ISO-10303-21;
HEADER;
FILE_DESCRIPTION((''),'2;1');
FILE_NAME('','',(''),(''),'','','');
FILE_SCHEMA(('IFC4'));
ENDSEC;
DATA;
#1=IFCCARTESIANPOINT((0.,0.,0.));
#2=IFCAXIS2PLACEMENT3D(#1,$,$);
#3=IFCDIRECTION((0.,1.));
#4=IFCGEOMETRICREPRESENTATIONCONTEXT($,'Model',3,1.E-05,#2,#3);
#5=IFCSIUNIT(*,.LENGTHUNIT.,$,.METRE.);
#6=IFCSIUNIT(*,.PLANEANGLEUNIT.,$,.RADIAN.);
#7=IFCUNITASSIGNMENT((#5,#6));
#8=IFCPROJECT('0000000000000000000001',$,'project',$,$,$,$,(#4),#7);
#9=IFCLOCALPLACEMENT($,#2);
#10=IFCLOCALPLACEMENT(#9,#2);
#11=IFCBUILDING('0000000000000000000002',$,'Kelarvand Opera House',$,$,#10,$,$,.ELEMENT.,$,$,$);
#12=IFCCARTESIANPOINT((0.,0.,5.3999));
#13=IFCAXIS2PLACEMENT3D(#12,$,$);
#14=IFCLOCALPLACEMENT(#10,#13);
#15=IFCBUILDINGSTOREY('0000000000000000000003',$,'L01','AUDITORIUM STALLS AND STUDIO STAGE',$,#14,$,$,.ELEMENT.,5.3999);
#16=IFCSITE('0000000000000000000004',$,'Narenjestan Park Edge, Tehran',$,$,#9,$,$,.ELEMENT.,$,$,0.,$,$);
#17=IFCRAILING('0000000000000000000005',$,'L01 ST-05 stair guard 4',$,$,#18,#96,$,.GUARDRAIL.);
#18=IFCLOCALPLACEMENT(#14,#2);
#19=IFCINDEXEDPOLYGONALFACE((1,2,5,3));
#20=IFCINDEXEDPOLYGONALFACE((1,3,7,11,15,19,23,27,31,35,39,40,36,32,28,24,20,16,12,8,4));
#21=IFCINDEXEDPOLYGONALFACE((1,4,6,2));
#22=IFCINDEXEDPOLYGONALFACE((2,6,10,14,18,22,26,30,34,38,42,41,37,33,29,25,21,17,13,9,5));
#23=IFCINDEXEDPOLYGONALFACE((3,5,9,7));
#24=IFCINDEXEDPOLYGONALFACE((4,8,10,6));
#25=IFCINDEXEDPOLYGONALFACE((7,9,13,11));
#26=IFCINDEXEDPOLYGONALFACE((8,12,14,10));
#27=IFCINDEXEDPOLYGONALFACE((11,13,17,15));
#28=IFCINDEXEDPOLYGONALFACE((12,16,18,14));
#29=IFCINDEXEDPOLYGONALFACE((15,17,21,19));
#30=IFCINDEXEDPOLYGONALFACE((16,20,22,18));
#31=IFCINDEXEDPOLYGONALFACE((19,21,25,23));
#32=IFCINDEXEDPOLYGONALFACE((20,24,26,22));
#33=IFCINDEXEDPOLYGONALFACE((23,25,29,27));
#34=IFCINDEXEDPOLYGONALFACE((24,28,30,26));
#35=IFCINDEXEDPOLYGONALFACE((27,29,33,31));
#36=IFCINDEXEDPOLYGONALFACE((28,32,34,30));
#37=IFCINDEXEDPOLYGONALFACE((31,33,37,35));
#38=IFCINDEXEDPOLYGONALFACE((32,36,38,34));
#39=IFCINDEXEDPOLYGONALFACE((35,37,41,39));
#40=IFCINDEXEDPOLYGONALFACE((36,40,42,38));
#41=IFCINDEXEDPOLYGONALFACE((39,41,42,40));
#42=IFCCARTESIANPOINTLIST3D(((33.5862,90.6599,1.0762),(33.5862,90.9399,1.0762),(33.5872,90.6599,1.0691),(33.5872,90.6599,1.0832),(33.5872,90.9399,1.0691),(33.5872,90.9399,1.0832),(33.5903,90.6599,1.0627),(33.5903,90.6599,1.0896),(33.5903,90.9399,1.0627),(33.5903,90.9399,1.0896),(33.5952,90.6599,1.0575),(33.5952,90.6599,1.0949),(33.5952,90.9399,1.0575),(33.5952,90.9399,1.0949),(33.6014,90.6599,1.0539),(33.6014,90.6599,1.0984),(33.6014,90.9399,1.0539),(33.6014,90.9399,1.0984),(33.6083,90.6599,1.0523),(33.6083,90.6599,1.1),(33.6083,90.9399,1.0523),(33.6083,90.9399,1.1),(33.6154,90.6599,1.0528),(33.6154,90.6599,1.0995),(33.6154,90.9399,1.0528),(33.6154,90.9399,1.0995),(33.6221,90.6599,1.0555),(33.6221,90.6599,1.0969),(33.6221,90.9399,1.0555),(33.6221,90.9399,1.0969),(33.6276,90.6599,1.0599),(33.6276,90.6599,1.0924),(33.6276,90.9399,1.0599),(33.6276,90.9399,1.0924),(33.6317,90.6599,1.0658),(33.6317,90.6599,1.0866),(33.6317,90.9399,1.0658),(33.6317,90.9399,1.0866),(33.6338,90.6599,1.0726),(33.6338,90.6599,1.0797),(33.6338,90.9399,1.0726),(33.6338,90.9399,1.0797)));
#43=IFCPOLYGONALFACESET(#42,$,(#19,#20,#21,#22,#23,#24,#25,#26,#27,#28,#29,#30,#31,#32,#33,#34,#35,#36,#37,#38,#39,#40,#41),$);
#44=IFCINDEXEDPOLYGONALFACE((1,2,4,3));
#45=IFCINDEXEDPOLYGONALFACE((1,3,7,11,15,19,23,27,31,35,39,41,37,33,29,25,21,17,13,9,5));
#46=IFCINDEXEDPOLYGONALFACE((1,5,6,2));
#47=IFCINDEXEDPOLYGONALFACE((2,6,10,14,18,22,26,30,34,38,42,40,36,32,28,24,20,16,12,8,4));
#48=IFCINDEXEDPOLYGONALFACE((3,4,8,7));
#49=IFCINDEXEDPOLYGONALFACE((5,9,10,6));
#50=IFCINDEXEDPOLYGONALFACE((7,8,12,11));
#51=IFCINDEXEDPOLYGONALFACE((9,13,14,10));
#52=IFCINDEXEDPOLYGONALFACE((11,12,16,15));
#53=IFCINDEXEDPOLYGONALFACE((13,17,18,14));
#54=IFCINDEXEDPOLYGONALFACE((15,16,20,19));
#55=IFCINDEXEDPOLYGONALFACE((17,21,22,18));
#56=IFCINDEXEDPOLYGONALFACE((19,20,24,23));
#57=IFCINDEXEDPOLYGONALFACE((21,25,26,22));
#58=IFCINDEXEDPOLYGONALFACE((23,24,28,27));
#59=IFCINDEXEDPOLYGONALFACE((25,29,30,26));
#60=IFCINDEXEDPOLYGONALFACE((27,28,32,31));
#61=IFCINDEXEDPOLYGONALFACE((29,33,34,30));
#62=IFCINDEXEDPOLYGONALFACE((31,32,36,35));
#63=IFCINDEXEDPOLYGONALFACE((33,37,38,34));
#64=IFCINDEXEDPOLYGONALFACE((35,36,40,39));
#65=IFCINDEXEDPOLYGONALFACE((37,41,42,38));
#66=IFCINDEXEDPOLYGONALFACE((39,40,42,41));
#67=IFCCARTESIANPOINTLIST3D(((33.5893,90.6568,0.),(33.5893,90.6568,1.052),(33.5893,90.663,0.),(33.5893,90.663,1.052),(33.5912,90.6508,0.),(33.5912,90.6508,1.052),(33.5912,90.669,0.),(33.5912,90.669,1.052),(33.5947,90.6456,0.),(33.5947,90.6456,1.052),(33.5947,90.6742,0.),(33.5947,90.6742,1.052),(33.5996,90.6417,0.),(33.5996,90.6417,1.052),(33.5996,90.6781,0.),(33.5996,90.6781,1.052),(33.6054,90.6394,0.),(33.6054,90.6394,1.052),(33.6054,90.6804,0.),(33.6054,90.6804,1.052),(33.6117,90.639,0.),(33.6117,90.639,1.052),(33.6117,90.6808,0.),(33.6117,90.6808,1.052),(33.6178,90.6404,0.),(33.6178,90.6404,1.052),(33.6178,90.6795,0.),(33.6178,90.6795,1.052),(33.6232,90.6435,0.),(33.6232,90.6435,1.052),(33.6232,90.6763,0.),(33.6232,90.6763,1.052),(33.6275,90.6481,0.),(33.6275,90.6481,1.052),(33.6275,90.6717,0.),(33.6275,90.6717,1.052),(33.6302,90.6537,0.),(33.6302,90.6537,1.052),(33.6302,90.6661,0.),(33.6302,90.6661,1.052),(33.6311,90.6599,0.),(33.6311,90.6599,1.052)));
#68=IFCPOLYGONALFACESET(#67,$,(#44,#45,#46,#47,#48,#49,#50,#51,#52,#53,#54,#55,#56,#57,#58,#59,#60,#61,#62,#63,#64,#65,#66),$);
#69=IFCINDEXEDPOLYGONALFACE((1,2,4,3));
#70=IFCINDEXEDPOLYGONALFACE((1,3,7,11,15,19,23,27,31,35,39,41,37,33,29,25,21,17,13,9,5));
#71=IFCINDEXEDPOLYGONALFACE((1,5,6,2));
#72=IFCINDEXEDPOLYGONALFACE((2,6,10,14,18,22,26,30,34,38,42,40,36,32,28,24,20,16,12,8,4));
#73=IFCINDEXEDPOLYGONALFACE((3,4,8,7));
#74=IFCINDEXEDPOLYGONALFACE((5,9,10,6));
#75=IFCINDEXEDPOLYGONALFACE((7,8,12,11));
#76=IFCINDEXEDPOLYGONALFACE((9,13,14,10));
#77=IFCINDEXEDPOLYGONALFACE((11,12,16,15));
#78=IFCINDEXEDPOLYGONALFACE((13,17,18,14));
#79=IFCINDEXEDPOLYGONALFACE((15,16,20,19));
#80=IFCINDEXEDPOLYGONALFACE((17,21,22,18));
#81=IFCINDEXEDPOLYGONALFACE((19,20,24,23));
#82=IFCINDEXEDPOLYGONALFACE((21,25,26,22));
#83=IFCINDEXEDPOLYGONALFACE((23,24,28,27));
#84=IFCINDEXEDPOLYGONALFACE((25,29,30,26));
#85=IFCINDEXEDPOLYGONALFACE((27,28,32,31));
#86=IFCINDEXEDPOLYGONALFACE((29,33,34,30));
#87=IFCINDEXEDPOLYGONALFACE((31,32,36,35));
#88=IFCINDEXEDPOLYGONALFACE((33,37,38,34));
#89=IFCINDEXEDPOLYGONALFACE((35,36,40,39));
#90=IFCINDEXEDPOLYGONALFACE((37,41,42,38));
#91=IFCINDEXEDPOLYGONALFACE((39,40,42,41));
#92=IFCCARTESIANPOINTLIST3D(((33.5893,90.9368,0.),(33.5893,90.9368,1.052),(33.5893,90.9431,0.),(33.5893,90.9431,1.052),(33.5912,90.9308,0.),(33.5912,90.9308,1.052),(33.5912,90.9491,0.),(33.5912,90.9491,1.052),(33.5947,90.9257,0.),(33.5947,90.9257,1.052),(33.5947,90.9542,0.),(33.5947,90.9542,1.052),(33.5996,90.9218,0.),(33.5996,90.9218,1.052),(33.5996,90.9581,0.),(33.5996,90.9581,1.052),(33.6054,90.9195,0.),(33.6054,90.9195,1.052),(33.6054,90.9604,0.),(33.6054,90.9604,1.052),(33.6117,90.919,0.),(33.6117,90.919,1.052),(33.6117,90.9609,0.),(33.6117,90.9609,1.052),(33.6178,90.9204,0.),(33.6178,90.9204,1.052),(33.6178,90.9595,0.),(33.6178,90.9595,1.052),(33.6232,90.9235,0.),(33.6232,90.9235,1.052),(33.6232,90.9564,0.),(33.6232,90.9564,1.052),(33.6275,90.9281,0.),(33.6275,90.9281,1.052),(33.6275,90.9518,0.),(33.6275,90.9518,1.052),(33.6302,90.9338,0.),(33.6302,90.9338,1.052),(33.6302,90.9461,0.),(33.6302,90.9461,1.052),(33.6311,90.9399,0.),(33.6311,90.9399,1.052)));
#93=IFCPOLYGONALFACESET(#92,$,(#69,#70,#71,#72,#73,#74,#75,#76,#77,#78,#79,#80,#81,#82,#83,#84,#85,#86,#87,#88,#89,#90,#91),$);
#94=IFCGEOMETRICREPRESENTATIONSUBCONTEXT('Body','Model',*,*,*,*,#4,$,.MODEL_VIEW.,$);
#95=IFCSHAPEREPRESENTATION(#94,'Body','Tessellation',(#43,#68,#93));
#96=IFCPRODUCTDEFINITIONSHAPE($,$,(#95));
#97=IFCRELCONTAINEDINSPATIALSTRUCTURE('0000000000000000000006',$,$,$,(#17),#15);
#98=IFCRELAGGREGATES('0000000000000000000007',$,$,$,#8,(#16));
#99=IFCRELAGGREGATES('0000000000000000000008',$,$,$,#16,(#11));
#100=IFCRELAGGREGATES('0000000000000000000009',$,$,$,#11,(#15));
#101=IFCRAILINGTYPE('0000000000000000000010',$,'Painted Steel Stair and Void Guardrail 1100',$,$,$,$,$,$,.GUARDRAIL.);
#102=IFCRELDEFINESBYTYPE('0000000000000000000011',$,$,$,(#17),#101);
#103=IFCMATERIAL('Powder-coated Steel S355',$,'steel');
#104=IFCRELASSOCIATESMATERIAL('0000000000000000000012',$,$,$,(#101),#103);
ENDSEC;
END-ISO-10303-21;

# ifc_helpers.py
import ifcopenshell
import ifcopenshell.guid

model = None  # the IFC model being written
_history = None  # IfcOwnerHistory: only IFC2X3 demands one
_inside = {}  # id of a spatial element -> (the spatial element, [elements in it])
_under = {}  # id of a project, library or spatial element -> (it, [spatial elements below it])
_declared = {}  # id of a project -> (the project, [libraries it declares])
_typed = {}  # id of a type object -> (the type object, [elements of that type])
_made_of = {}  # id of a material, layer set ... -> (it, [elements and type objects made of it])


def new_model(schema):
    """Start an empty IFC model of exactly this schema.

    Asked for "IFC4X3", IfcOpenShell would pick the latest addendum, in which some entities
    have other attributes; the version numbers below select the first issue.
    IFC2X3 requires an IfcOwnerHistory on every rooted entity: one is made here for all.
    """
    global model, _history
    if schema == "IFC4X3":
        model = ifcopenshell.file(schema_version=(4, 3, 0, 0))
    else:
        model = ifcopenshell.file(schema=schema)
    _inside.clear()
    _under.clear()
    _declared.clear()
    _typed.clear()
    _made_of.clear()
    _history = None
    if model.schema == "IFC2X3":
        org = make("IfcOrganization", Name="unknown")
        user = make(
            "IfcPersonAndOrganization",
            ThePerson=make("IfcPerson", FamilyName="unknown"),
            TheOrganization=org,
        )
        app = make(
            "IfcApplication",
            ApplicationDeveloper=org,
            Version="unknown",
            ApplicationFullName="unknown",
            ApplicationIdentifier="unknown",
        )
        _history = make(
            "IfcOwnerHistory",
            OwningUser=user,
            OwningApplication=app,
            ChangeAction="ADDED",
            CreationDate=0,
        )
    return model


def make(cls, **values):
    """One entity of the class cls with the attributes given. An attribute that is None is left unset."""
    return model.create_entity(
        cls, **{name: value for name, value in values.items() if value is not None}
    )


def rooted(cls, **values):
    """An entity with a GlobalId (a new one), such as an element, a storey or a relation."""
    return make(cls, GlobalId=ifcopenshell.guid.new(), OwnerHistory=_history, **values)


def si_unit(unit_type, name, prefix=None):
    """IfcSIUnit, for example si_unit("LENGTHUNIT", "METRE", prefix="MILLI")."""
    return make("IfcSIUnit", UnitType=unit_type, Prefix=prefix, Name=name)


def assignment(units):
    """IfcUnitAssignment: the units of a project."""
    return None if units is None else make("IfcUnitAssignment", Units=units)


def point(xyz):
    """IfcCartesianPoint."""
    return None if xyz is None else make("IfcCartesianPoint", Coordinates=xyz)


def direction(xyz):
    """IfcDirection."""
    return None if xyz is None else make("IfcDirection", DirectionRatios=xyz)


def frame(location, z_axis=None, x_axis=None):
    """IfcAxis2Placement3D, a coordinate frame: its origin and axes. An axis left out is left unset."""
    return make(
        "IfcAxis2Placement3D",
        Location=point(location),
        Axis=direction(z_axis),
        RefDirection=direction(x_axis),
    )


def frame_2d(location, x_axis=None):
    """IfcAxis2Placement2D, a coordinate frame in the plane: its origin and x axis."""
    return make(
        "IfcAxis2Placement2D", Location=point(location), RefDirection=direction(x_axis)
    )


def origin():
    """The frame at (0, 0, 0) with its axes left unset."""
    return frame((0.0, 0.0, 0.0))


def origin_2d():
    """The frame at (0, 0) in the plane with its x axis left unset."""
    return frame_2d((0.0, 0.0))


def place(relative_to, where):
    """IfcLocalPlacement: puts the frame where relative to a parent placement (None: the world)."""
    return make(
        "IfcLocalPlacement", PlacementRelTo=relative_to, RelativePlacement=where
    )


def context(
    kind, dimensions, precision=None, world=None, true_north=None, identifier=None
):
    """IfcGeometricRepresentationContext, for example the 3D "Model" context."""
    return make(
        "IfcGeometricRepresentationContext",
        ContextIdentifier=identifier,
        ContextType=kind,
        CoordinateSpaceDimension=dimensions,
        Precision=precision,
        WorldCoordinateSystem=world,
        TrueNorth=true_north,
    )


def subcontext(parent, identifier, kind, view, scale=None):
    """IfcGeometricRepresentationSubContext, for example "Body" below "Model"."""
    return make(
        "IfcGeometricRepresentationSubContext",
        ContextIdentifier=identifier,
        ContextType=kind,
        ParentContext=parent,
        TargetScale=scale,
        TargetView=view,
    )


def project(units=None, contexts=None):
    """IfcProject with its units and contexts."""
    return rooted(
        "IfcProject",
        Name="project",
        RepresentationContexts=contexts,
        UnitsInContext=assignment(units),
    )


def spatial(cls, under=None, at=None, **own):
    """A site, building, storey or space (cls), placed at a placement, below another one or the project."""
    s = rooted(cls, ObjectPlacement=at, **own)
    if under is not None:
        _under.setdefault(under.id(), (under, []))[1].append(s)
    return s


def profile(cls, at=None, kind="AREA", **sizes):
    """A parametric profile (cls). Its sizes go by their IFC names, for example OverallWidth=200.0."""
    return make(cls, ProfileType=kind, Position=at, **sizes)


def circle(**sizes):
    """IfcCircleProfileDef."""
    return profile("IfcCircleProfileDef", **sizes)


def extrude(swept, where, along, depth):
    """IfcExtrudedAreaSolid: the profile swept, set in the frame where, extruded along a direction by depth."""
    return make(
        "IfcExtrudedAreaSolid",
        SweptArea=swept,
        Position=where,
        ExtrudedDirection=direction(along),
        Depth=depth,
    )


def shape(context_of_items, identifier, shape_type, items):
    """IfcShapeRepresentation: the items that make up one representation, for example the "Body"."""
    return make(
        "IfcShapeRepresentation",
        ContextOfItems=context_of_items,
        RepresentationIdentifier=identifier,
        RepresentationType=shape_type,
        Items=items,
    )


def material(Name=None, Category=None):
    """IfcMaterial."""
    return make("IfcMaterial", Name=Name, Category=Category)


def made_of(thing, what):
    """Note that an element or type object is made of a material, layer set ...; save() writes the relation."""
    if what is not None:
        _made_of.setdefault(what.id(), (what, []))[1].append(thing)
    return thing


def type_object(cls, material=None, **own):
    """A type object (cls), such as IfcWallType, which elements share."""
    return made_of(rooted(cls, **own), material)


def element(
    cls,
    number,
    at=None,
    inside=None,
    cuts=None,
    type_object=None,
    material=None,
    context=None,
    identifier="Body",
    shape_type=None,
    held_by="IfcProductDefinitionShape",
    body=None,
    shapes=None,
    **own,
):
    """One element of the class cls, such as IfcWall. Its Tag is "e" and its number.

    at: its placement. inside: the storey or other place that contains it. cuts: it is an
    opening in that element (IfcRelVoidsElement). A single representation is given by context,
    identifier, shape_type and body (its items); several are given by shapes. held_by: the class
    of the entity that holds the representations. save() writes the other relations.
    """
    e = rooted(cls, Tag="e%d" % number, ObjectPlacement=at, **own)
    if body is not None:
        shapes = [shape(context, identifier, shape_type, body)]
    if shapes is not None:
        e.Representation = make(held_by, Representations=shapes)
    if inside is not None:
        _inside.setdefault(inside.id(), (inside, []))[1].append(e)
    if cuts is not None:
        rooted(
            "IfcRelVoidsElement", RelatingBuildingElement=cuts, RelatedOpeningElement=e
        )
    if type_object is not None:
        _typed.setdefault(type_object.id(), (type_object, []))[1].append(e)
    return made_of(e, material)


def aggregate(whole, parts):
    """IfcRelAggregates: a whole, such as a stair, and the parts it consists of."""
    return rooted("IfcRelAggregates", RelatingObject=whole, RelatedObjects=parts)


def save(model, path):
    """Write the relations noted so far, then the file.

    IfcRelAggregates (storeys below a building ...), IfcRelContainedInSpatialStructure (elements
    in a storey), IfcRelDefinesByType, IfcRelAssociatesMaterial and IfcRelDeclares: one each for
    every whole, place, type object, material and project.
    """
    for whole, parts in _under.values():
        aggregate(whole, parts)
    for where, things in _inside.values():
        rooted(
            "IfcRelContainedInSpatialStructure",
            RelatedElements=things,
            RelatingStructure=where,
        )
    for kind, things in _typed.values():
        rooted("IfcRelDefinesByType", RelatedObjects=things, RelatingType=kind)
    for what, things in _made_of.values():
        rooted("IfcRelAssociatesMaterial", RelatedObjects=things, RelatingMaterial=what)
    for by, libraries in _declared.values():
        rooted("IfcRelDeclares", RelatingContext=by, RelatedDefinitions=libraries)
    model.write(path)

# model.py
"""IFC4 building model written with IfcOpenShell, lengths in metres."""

from ifc_helpers import new_model, si_unit, direction, frame, origin, origin_2d, place, context, subcontext, project, spatial, circle, extrude, material, type_object, element, save


model = new_model("IFC4")

# Units and contexts
model_context = context("Model", 3, precision=1e-05, world=origin(), true_north=direction((0.0, 1.0)))
body_context = subcontext(model_context, "Body", "Model", "MODEL_VIEW")
ifc_project = project(units=[si_unit("LENGTHUNIT", "METRE"), si_unit("PLANEANGLEUNIT", "RADIAN")], contexts=[model_context])

# Site, building, storey
site_placement = place(None, origin())
site = spatial("IfcSite", under=ifc_project, at=site_placement, Name="Narenjestan Park Edge, Tehran", CompositionType="ELEMENT", RefElevation=0.0)
building_placement = place(site_placement, origin())
building = spatial("IfcBuilding", under=site, at=building_placement, Name="Kelarvand Opera House", CompositionType="ELEMENT")
storey_placement = place(building_placement, frame((0.0, 0.0, 5.3999)))
storey = spatial("IfcBuildingStorey", under=building, at=storey_placement, Name="L01", Description="AUDITORIUM STALLS AND STUDIO STAGE", CompositionType="ELEMENT", Elevation=5.3999)

# Railing
ifc_material_1 = material(Name="Powder-coated Steel S355", Category="steel")
railing_type_1 = type_object("IfcRailingType", Name="Painted Steel Stair and Void Guardrail 1100", PredefinedType="GUARDRAIL", material=ifc_material_1)
railing_1_placement = place(storey_placement, frame((33.6101, 90.6599, 0.0)))
element("IfcRailing", 1, at=railing_1_placement, inside=storey, type_object=railing_type_1, Name="L01 ST-05 stair guard 4", PredefinedType="GUARDRAIL", context=body_context, shape_type="SweptSolid", body=[
    extrude(circle(Radius=0.0239, at=origin_2d()), frame((0.0, 0.0, 1.0762), z_axis=(0.0, 1.0, 0.0), x_axis=(-1.0, 0.0, 0.0)), (0.0, 0.0, 1.0), 0.28),
    extrude(circle(Radius=0.021, at=origin_2d()), origin(), (0.0, 0.0, 1.0), 1.052),
    extrude(circle(Radius=0.021, at=origin_2d()), frame((0.0, 0.28, 0.0)), (0.0, 0.0, 1.0), 1.052),
])

save(model, "model.ifc")
